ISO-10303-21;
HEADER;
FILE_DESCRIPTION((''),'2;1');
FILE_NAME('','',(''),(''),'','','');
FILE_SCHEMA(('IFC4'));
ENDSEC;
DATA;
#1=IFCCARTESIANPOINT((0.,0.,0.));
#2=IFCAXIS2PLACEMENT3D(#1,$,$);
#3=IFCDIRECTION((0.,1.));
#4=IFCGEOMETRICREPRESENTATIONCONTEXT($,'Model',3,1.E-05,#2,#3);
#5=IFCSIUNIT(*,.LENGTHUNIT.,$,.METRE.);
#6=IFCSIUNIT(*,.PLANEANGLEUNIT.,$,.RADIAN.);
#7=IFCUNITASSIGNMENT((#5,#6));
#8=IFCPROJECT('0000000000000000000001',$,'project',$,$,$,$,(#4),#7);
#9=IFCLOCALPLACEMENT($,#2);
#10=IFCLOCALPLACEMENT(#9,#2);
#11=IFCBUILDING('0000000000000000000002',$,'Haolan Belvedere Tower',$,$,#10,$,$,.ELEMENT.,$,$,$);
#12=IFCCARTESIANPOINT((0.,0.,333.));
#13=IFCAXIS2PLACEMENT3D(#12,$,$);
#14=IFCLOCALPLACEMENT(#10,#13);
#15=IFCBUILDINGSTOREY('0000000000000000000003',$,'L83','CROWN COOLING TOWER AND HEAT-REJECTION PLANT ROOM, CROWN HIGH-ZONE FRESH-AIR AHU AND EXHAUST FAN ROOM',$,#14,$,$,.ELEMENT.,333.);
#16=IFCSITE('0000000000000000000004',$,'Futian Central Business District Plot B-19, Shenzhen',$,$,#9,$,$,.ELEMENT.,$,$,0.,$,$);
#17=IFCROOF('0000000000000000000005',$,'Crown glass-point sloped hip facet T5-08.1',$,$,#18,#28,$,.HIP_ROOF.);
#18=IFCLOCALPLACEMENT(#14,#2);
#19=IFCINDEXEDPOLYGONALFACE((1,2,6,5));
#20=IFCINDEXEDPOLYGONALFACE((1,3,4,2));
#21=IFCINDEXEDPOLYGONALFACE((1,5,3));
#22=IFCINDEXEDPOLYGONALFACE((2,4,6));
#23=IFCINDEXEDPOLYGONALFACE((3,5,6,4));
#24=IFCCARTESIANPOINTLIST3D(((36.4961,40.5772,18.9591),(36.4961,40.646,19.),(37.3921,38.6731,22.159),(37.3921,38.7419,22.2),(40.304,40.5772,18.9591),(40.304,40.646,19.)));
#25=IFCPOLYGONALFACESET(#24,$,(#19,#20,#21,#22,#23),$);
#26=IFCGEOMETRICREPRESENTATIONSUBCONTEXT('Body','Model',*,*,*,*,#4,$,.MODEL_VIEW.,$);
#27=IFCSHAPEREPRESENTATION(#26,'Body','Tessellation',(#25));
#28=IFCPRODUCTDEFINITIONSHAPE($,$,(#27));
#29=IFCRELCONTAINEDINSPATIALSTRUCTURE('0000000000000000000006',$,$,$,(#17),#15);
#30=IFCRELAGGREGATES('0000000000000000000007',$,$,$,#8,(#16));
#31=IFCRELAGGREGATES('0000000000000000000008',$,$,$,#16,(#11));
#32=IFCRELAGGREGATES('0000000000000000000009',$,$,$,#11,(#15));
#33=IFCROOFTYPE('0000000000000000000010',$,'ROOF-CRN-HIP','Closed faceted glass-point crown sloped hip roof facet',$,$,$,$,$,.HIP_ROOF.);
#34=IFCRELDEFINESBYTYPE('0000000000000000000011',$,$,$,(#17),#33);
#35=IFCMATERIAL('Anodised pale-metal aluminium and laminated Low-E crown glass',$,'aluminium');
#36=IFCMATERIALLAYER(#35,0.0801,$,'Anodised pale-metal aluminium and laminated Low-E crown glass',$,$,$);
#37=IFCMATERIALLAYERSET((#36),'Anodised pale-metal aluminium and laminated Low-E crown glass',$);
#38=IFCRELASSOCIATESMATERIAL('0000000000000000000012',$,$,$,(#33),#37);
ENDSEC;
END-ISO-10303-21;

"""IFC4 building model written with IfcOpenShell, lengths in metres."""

from ifc_helpers import new_model, si_unit, direction, frame, origin, place, context, subcontext, project, spatial, polyline, outline, extrude, material, layer, layer_set, type_object, element, save


model = new_model("IFC4")

# Units and contexts
model_context = context("Model", 3, precision=1e-05, world=origin(), true_north=direction((0.0, 1.0)))
body_context = subcontext(model_context, "Body", "Model", "MODEL_VIEW")
ifc_project = project(units=[si_unit("LENGTHUNIT", "METRE"), si_unit("PLANEANGLEUNIT", "RADIAN")], contexts=[model_context])

# Site, building, storey
site_placement = place(None, origin())
site = spatial("IfcSite", under=ifc_project, at=site_placement, Name="Futian Central Business District Plot B-19, Shenzhen", CompositionType="ELEMENT", RefElevation=0.0)
building_placement = place(site_placement, origin())
building = spatial("IfcBuilding", under=site, at=building_placement, Name="Haolan Belvedere Tower", CompositionType="ELEMENT")
storey_placement = place(building_placement, frame((0.0, 0.0, 333.0)))
storey = spatial("IfcBuildingStorey", under=building, at=storey_placement, Name="L83", Description="CROWN COOLING TOWER AND HEAT-REJECTION PLANT ROOM, CROWN HIGH-ZONE FRESH-AIR AHU AND EXHAUST FAN ROOM", CompositionType="ELEMENT", Elevation=333.0)

# Roof
ifc_material_1 = material(Name="Anodised pale-metal aluminium and laminated Low-E crown glass", Category="aluminium")
ifc_layer_1 = layer(ifc_material_1, 0.0801, Name="Anodised pale-metal aluminium and laminated Low-E crown glass")
ifc_layer_set_1 = layer_set([ifc_layer_1], Name="Anodised pale-metal aluminium and laminated Low-E crown glass")
roof_type_1 = type_object("IfcRoofType", Name="ROOF-CRN-HIP", Description="Closed faceted glass-point crown sloped hip roof facet", PredefinedType="HIP_ROOF", material=ifc_layer_set_1)
roof_1_placement = place(storey_placement, frame((40.304, 40.646, 19.0), z_axis=(0.0, 0.859373, 0.511349), x_axis=(-1.0, 0.0, 0.0)))
element("IfcRoof", 1, at=roof_1_placement, inside=storey, type_object=roof_type_1, Name="Crown glass-point sloped hip facet T5-08.1", PredefinedType="HIP_ROOF", context=body_context, shape_type="SweptSolid", body=[
    extrude(outline(polyline([(0.0, 0.0), (3.8079, 0.0), (2.9119, 3.7236), (0.0, 0.0)])), origin(), (0.0, 0.0, -1.0), 0.0801),
])

save(model, "model.ifc")
